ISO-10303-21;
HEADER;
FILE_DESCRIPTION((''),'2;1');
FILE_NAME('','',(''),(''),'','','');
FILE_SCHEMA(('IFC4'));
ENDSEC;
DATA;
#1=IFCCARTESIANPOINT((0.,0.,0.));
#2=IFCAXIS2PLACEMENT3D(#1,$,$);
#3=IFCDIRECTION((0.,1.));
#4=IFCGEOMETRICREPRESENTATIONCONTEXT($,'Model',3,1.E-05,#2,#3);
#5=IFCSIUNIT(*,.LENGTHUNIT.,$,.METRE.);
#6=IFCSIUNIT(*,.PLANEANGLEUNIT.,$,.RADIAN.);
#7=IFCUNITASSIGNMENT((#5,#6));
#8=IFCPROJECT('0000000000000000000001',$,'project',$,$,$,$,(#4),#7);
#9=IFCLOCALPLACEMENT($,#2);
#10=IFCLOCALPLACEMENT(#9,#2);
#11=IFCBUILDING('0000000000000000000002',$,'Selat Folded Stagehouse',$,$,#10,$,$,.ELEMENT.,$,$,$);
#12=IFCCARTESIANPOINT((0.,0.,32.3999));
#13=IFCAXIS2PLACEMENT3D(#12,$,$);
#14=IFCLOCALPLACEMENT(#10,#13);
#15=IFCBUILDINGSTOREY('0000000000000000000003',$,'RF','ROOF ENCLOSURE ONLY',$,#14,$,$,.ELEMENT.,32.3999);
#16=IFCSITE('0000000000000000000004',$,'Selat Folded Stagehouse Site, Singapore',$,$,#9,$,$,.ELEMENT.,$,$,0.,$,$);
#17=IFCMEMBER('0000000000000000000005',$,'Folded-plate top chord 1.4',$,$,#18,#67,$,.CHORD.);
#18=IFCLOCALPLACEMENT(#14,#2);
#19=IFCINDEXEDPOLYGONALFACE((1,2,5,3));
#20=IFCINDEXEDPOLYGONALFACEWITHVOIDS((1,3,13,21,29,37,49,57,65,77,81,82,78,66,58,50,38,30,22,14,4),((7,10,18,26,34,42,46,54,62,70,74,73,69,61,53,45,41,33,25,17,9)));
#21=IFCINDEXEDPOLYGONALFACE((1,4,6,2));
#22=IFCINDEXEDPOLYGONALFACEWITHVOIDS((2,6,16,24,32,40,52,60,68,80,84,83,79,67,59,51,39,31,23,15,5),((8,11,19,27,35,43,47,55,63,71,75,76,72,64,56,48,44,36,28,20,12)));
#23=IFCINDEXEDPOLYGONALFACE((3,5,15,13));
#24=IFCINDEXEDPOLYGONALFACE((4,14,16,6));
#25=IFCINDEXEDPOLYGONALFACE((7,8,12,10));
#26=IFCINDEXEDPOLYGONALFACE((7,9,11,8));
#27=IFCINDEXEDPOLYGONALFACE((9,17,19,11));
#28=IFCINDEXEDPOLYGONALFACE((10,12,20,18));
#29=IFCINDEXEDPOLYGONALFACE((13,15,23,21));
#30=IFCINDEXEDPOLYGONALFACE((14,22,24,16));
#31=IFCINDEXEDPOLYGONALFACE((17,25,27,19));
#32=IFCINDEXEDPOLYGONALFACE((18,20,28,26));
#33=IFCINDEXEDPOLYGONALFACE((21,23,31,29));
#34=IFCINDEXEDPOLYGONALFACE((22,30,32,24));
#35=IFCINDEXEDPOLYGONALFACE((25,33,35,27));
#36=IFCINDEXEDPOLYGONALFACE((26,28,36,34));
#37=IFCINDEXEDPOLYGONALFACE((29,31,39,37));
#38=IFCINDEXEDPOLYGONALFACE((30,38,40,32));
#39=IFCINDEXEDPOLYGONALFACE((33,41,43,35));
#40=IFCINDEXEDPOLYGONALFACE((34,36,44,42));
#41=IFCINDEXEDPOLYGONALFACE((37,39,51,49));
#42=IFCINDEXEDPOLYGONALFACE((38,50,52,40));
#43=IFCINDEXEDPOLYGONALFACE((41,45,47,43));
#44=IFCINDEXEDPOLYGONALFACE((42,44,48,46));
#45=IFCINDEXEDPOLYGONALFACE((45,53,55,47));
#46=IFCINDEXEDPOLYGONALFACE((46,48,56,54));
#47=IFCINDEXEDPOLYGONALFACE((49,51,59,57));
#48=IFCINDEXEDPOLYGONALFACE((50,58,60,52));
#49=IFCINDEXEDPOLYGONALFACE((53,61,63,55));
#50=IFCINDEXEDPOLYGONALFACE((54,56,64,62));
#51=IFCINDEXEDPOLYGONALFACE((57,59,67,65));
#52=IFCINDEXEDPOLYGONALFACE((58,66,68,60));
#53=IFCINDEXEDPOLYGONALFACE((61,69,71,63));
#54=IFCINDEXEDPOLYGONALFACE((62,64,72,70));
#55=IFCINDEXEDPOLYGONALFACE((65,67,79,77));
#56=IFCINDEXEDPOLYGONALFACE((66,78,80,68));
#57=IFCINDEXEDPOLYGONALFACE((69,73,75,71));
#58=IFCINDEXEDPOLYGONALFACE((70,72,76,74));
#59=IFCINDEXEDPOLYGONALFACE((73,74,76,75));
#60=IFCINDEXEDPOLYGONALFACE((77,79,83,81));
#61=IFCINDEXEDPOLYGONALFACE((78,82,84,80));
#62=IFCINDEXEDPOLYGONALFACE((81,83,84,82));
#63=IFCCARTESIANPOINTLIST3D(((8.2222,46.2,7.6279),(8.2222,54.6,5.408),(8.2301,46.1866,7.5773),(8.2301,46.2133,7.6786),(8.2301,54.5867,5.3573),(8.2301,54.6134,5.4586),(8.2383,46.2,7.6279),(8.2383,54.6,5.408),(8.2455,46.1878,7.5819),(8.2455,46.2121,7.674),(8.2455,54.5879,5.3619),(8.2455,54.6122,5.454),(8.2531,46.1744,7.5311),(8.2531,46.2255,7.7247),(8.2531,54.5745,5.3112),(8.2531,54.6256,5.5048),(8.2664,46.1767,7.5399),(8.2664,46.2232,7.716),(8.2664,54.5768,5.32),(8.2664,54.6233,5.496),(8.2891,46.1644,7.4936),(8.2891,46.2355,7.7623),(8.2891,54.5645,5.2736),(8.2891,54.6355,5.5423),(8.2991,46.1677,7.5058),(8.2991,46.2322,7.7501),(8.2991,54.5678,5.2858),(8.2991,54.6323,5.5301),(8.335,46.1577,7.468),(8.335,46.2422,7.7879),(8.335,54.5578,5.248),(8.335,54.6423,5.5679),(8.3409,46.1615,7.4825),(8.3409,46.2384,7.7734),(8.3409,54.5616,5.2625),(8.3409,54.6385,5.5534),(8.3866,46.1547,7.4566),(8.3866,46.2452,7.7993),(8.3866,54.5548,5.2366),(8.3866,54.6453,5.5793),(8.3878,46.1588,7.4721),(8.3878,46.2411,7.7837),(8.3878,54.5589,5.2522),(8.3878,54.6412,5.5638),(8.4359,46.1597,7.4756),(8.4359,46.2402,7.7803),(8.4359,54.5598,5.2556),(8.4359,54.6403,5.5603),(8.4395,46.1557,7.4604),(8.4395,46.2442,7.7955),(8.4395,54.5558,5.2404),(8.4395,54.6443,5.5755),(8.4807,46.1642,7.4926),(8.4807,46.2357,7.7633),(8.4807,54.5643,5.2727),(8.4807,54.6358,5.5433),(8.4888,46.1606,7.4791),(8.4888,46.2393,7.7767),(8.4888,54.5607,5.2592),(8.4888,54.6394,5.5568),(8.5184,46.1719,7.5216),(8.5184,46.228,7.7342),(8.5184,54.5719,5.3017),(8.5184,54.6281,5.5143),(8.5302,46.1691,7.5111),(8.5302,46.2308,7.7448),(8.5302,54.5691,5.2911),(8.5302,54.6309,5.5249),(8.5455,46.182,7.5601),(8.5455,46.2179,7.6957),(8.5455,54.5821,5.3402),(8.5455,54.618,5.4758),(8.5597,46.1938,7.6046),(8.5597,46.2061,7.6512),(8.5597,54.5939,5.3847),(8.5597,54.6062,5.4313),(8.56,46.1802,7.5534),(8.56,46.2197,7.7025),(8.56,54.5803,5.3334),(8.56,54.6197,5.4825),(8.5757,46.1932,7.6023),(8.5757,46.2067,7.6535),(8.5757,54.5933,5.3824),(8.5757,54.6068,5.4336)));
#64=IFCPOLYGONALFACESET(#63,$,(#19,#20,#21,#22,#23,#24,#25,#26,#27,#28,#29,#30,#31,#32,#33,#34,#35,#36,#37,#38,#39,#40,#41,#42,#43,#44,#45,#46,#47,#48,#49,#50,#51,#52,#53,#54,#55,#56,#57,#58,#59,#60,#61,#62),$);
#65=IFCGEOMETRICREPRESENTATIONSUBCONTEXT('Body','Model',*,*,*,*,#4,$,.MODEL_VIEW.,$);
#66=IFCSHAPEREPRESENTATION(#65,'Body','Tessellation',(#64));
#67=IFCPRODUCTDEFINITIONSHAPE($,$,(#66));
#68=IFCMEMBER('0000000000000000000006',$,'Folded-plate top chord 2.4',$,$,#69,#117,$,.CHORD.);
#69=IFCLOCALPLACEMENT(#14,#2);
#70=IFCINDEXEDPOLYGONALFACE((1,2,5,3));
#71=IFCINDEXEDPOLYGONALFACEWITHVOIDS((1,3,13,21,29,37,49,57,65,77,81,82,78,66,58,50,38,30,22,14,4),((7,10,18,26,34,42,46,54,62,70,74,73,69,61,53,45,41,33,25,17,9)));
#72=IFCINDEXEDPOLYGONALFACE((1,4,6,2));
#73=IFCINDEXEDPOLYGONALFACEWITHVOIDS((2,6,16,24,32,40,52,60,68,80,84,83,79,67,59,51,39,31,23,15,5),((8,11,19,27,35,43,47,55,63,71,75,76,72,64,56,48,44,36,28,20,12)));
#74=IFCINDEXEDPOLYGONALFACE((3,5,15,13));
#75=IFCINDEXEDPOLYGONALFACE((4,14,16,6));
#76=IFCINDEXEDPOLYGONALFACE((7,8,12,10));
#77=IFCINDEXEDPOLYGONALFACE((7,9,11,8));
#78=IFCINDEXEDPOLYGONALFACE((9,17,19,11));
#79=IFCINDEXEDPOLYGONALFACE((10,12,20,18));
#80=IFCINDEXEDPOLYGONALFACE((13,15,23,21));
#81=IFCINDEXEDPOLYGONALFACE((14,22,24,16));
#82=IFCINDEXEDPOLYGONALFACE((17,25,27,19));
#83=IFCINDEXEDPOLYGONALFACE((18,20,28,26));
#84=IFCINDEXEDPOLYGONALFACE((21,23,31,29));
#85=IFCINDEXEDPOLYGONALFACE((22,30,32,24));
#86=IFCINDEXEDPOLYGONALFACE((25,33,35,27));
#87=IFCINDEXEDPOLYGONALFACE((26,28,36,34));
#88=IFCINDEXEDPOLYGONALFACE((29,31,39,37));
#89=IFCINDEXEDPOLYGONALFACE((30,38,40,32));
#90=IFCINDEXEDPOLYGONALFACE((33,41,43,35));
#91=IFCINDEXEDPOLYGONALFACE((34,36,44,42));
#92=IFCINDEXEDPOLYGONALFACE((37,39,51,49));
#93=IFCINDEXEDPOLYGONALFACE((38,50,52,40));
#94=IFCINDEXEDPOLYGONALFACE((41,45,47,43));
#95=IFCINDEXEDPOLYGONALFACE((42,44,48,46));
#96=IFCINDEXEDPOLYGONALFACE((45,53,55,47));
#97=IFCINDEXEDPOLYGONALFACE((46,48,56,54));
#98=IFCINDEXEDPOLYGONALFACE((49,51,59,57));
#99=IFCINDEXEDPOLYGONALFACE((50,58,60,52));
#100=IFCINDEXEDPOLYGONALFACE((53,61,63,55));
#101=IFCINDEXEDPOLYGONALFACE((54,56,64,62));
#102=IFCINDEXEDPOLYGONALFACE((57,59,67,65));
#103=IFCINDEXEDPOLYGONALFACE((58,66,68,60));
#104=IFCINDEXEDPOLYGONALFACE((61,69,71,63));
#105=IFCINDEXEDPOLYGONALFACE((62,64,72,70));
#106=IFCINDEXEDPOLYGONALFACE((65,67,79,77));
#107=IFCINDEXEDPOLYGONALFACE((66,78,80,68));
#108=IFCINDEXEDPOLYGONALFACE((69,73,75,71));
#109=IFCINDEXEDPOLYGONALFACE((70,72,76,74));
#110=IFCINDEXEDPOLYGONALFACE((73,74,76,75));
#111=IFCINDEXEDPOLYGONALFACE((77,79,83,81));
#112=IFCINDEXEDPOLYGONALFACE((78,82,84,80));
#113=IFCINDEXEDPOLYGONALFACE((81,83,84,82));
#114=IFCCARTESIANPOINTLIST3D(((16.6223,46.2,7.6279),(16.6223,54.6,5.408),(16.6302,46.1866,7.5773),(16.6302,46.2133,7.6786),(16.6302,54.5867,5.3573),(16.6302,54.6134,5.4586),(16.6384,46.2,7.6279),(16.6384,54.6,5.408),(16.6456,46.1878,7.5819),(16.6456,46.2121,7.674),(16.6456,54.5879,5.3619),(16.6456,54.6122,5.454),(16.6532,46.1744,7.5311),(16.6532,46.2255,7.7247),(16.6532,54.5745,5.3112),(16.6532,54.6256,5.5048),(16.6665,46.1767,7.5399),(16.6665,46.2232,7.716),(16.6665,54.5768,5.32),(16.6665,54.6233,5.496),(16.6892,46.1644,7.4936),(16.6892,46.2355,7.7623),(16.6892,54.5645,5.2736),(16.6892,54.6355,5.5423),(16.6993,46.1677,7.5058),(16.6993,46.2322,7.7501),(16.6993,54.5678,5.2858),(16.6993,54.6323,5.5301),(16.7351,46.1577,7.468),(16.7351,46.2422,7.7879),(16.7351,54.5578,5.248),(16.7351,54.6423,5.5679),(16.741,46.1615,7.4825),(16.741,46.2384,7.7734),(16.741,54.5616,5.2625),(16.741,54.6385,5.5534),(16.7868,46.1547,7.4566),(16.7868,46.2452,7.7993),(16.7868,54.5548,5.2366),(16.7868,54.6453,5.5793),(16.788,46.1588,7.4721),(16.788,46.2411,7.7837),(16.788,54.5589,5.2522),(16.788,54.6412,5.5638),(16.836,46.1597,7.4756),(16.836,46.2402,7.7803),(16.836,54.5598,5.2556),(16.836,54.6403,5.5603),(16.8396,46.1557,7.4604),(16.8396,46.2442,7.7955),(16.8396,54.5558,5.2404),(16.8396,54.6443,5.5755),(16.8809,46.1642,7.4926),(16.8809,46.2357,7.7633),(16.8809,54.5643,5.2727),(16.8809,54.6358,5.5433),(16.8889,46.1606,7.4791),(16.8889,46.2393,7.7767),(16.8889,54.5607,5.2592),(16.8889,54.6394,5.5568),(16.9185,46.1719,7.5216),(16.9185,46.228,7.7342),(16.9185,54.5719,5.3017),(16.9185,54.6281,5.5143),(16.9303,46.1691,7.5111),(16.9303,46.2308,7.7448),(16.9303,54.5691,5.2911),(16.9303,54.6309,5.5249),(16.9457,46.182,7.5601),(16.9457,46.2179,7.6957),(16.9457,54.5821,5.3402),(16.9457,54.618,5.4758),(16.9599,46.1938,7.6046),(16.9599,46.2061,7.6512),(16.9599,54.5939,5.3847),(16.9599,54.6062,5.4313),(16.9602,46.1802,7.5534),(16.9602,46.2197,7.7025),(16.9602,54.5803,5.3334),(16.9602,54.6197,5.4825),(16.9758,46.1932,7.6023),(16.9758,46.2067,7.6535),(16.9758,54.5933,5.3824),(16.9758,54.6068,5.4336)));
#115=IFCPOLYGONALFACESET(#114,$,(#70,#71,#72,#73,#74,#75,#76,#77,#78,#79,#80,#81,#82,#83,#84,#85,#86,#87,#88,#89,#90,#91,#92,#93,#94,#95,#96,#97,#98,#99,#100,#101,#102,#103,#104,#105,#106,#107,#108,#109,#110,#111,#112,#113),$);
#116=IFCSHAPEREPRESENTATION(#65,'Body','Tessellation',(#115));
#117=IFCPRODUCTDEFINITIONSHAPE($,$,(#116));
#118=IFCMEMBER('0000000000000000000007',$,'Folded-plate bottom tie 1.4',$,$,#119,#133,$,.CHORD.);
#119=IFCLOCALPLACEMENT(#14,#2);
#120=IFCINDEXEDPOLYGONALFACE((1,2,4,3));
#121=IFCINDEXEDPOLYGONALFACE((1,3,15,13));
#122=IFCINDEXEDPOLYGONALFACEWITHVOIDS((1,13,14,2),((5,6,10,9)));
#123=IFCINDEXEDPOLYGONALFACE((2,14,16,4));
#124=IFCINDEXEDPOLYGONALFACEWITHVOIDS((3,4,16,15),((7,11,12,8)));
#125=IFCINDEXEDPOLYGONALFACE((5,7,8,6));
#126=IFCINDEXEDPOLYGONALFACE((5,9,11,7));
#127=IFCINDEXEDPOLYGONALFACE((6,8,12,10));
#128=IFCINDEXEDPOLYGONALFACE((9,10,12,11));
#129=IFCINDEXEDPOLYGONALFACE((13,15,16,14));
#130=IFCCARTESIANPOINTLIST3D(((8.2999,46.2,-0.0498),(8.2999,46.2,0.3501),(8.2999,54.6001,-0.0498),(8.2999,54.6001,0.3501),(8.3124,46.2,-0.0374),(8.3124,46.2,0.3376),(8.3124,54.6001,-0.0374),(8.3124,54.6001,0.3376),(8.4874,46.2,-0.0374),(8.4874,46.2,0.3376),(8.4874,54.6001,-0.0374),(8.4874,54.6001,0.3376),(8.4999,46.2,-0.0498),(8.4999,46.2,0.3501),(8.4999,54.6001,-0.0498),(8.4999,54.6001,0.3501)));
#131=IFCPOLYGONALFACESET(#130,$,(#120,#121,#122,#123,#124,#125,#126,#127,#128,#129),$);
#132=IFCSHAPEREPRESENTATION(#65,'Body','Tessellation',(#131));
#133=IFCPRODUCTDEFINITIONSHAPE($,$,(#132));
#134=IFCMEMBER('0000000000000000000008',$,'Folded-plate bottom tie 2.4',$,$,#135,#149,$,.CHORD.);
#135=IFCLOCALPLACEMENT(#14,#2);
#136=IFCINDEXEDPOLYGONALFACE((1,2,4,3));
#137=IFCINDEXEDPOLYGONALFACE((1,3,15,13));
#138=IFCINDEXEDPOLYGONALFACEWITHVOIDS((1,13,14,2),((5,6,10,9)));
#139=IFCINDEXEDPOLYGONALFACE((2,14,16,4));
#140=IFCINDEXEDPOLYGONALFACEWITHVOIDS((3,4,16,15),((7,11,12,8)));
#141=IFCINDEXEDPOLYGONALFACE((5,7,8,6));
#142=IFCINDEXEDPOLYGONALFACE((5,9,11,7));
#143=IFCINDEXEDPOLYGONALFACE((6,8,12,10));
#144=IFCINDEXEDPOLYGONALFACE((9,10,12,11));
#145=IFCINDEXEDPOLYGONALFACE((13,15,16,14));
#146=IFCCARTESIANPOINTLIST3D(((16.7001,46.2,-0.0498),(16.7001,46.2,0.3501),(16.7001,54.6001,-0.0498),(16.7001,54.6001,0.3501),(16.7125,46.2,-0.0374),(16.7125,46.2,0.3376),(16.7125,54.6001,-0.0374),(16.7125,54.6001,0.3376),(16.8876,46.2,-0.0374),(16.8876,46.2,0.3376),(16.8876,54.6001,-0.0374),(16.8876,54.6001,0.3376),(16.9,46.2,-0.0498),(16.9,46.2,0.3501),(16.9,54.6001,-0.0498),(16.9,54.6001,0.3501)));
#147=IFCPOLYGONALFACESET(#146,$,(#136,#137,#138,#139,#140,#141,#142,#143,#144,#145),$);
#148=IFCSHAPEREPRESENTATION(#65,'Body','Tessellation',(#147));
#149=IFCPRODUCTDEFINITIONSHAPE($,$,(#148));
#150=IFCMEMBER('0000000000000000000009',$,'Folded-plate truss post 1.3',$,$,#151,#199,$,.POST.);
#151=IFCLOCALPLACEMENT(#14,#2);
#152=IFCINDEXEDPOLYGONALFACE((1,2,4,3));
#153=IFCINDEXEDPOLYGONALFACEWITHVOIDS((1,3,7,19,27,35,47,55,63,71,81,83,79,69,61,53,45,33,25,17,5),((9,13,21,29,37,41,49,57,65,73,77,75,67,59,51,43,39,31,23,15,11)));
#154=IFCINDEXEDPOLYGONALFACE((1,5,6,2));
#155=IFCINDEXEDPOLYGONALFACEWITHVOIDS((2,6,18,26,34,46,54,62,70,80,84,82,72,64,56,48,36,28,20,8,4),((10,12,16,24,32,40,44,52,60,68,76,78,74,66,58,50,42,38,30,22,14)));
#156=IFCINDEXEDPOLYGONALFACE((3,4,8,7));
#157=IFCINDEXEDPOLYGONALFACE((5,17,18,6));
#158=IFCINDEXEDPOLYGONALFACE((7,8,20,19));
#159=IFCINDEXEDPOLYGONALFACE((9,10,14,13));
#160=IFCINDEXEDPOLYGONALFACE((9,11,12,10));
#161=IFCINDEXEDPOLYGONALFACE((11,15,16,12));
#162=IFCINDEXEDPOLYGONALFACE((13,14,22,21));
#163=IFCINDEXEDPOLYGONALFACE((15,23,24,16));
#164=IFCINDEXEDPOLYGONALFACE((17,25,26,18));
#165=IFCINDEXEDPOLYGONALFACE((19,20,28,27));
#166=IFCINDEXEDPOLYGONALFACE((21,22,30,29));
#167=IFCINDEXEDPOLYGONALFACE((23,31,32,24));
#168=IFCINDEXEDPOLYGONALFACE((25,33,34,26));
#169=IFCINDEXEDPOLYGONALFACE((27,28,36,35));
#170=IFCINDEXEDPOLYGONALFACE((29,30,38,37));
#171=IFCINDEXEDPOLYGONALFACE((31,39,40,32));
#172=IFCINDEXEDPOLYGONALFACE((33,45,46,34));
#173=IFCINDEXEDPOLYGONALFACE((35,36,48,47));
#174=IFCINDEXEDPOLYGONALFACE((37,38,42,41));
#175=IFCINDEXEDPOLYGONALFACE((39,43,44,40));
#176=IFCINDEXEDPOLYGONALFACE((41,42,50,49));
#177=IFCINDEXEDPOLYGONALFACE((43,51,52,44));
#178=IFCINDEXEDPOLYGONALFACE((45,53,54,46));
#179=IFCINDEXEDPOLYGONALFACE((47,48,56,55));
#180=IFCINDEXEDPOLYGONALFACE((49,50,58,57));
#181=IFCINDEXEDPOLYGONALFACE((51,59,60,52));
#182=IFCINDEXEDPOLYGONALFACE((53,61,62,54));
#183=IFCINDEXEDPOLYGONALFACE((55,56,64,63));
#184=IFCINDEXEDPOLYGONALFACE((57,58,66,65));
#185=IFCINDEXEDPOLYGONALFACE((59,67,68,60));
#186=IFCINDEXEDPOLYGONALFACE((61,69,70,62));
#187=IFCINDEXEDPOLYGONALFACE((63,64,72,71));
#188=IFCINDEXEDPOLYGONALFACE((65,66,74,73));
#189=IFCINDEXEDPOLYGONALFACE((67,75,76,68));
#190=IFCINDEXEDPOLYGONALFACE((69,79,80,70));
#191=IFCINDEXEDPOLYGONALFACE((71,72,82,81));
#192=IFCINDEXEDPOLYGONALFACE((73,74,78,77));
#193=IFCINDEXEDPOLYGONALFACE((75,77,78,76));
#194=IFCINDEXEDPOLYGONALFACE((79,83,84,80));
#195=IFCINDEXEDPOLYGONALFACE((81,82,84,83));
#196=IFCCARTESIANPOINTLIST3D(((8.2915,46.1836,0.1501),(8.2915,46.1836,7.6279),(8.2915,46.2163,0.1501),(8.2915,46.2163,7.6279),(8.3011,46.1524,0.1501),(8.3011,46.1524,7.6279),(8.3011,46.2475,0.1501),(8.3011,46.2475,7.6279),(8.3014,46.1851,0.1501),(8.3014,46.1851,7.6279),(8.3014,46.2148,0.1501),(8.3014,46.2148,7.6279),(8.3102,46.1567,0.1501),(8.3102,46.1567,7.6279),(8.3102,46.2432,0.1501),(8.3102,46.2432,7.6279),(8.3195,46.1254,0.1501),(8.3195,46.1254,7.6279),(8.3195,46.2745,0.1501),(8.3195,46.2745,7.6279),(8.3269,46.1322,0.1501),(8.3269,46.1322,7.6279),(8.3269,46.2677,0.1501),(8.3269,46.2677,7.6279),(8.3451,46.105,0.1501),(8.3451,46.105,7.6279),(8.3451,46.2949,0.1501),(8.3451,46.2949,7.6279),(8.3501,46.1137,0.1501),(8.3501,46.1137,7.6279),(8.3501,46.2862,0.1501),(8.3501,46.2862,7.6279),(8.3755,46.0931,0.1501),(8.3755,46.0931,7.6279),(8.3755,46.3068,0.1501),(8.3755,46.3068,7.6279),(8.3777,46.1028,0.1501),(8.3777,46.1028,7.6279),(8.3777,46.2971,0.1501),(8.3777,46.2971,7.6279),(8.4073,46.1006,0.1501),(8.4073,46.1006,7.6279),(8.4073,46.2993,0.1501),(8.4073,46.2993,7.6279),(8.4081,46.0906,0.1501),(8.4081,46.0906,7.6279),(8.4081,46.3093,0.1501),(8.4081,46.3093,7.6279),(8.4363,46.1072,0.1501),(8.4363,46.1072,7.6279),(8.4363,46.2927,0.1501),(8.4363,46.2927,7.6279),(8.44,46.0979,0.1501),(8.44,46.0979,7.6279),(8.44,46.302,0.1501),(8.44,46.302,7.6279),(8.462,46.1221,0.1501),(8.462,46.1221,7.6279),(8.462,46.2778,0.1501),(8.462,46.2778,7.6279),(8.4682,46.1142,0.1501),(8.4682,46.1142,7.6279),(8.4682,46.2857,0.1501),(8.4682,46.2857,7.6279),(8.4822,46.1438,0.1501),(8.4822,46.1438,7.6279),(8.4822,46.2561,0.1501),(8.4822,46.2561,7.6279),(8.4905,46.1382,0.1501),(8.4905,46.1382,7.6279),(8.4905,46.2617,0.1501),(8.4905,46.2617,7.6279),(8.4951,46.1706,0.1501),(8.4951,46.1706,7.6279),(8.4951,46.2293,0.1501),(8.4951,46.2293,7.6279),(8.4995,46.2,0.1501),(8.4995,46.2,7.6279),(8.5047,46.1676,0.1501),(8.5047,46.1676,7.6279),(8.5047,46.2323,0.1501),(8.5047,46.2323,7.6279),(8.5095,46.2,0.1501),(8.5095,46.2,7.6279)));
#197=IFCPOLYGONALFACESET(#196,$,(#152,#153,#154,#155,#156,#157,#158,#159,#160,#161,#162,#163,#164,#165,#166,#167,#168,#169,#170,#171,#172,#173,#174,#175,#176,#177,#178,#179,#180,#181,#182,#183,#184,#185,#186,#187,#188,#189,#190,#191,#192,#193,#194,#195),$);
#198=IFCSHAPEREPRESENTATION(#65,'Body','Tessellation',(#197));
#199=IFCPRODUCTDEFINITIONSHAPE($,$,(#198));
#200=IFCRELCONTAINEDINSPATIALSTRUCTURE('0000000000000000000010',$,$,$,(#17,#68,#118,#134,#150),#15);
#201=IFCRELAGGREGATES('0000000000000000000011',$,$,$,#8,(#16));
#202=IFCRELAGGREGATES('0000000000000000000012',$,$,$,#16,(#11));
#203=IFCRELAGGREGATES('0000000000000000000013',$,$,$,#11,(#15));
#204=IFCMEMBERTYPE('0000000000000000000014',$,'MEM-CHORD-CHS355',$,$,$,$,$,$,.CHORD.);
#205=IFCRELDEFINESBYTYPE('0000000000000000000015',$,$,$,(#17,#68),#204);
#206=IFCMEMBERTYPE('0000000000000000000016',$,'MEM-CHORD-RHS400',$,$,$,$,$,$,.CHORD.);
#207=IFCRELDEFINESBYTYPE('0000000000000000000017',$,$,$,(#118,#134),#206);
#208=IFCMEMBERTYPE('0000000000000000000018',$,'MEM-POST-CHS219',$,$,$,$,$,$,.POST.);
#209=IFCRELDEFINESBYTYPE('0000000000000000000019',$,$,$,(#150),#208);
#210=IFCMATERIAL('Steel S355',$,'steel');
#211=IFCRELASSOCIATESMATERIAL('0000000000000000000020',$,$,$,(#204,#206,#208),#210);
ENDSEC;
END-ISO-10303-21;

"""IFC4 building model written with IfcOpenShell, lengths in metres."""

from ifc_helpers import new_model, si_unit, direction, frame, origin, origin_2d, place, context, subcontext, project, spatial, hollow_rectangle, hollow_circle, extrude, material, material_profile, profile_set, type_object, element, save


model = new_model("IFC4")

# Units and contexts
model_context = context("Model", 3, precision=1e-05, world=origin(), true_north=direction((0.0, 1.0)))
body_context = subcontext(model_context, "Body", "Model", "MODEL_VIEW")
ifc_project = project(units=[si_unit("LENGTHUNIT", "METRE"), si_unit("PLANEANGLEUNIT", "RADIAN")], contexts=[model_context])

# Site, building, storey
site_placement = place(None, origin())
site = spatial("IfcSite", under=ifc_project, at=site_placement, Name="Selat Folded Stagehouse Site, Singapore", CompositionType="ELEMENT", RefElevation=0.0)
building_placement = place(site_placement, origin())
building = spatial("IfcBuilding", under=site, at=building_placement, Name="Selat Folded Stagehouse", CompositionType="ELEMENT")
storey_placement = place(building_placement, frame((0.0, 0.0, 32.3999)))
storey = spatial("IfcBuildingStorey", under=building, at=storey_placement, Name="RF", Description="ROOF ENCLOSURE ONLY", CompositionType="ELEMENT", Elevation=32.3999)

# Shared definitions
ifc_material_1 = material(Name="Steel S355", Category="steel")

# Members
ifc_material_profile_1 = material_profile(ifc_material_1, hollow_circle(Radius=0.1777, WallThickness=0.0161, at=origin_2d()), Name="CHS 355.6x16.0")
ifc_profile_set_1 = profile_set([ifc_material_profile_1], Name="Steel S355")
member_type_1 = type_object("IfcMemberType", Name="MEM-CHORD-CHS355", PredefinedType="CHORD", material=ifc_profile_set_1)
for number, where, z_axis, x_axis, name in (
    (1, (8.3999, 46.2, 7.6279), (0.0, 0.966808, -0.255506), (-1.0, 0.0, 0.0), "Folded-plate top chord 1.4"),
    (2, (16.8, 46.2, 7.6279), (0.0, 0.966808, -0.255506), (-1.0, 0.0, 0.0), "Folded-plate top chord 2.4"),
):
    element("IfcMember", number, at=place(storey_placement, frame(where, z_axis=z_axis, x_axis=x_axis)), inside=storey, type_object=member_type_1, Name=name, PredefinedType="CHORD", context=body_context, shape_type="SweptSolid", body=[
        extrude(hollow_circle(Radius=0.1777, WallThickness=0.0161, at=origin_2d()), origin(), (0.0, 0.0, 1.0), 8.6885),
    ])
ifc_material_profile_2 = material_profile(ifc_material_1, hollow_rectangle(XDim=0.2, YDim=0.3999, WallThickness=0.0125, at=origin_2d()), Name="RHS 400x200x12.5")
ifc_profile_set_2 = profile_set([ifc_material_profile_2], Name="Steel S355")
member_type_2 = type_object("IfcMemberType", Name="MEM-CHORD-RHS400", PredefinedType="CHORD", material=ifc_profile_set_2)
for number, where, z_axis, x_axis, name in (
    (3, (8.3999, 46.2, 0.1501), (0.0, 1.0, 0.0), (-1.0, 0.0, 0.0), "Folded-plate bottom tie 1.4"),
    (4, (16.8, 46.2, 0.1501), (0.0, 1.0, 0.0), (-1.0, 0.0, 0.0), "Folded-plate bottom tie 2.4"),
):
    element("IfcMember", number, at=place(storey_placement, frame(where, z_axis=z_axis, x_axis=x_axis)), inside=storey, type_object=member_type_2, Name=name, PredefinedType="CHORD", context=body_context, shape_type="SweptSolid", body=[
        extrude(hollow_rectangle(XDim=0.2, YDim=0.3999, WallThickness=0.0125, at=origin_2d()), origin(), (0.0, 0.0, 1.0), 8.4001),
    ])
ifc_material_profile_3 = material_profile(ifc_material_1, hollow_circle(Radius=0.1096, WallThickness=0.01, at=origin_2d()), Name="CHS 219.1x10.0")
ifc_profile_set_3 = profile_set([ifc_material_profile_3], Name="Steel S355")
member_type_3 = type_object("IfcMemberType", Name="MEM-POST-CHS219", PredefinedType="POST", material=ifc_profile_set_3)
for number, where, z_axis, x_axis, name in (
    (5, (8.3999, 46.2, 0.1501), (0.0, 0.0, 1.0), (1.0, 0.0, 0.0), "Folded-plate truss post 1.3"),
):
    element("IfcMember", number, at=place(storey_placement, frame(where, z_axis=z_axis, x_axis=x_axis)), inside=storey, type_object=member_type_3, Name=name, PredefinedType="POST", context=body_context, shape_type="SweptSolid", body=[
        extrude(hollow_circle(Radius=0.1096, WallThickness=0.01, at=origin_2d()), origin(), (0.0, 0.0, 1.0), 7.4778),
    ])

save(model, "model.ifc")
